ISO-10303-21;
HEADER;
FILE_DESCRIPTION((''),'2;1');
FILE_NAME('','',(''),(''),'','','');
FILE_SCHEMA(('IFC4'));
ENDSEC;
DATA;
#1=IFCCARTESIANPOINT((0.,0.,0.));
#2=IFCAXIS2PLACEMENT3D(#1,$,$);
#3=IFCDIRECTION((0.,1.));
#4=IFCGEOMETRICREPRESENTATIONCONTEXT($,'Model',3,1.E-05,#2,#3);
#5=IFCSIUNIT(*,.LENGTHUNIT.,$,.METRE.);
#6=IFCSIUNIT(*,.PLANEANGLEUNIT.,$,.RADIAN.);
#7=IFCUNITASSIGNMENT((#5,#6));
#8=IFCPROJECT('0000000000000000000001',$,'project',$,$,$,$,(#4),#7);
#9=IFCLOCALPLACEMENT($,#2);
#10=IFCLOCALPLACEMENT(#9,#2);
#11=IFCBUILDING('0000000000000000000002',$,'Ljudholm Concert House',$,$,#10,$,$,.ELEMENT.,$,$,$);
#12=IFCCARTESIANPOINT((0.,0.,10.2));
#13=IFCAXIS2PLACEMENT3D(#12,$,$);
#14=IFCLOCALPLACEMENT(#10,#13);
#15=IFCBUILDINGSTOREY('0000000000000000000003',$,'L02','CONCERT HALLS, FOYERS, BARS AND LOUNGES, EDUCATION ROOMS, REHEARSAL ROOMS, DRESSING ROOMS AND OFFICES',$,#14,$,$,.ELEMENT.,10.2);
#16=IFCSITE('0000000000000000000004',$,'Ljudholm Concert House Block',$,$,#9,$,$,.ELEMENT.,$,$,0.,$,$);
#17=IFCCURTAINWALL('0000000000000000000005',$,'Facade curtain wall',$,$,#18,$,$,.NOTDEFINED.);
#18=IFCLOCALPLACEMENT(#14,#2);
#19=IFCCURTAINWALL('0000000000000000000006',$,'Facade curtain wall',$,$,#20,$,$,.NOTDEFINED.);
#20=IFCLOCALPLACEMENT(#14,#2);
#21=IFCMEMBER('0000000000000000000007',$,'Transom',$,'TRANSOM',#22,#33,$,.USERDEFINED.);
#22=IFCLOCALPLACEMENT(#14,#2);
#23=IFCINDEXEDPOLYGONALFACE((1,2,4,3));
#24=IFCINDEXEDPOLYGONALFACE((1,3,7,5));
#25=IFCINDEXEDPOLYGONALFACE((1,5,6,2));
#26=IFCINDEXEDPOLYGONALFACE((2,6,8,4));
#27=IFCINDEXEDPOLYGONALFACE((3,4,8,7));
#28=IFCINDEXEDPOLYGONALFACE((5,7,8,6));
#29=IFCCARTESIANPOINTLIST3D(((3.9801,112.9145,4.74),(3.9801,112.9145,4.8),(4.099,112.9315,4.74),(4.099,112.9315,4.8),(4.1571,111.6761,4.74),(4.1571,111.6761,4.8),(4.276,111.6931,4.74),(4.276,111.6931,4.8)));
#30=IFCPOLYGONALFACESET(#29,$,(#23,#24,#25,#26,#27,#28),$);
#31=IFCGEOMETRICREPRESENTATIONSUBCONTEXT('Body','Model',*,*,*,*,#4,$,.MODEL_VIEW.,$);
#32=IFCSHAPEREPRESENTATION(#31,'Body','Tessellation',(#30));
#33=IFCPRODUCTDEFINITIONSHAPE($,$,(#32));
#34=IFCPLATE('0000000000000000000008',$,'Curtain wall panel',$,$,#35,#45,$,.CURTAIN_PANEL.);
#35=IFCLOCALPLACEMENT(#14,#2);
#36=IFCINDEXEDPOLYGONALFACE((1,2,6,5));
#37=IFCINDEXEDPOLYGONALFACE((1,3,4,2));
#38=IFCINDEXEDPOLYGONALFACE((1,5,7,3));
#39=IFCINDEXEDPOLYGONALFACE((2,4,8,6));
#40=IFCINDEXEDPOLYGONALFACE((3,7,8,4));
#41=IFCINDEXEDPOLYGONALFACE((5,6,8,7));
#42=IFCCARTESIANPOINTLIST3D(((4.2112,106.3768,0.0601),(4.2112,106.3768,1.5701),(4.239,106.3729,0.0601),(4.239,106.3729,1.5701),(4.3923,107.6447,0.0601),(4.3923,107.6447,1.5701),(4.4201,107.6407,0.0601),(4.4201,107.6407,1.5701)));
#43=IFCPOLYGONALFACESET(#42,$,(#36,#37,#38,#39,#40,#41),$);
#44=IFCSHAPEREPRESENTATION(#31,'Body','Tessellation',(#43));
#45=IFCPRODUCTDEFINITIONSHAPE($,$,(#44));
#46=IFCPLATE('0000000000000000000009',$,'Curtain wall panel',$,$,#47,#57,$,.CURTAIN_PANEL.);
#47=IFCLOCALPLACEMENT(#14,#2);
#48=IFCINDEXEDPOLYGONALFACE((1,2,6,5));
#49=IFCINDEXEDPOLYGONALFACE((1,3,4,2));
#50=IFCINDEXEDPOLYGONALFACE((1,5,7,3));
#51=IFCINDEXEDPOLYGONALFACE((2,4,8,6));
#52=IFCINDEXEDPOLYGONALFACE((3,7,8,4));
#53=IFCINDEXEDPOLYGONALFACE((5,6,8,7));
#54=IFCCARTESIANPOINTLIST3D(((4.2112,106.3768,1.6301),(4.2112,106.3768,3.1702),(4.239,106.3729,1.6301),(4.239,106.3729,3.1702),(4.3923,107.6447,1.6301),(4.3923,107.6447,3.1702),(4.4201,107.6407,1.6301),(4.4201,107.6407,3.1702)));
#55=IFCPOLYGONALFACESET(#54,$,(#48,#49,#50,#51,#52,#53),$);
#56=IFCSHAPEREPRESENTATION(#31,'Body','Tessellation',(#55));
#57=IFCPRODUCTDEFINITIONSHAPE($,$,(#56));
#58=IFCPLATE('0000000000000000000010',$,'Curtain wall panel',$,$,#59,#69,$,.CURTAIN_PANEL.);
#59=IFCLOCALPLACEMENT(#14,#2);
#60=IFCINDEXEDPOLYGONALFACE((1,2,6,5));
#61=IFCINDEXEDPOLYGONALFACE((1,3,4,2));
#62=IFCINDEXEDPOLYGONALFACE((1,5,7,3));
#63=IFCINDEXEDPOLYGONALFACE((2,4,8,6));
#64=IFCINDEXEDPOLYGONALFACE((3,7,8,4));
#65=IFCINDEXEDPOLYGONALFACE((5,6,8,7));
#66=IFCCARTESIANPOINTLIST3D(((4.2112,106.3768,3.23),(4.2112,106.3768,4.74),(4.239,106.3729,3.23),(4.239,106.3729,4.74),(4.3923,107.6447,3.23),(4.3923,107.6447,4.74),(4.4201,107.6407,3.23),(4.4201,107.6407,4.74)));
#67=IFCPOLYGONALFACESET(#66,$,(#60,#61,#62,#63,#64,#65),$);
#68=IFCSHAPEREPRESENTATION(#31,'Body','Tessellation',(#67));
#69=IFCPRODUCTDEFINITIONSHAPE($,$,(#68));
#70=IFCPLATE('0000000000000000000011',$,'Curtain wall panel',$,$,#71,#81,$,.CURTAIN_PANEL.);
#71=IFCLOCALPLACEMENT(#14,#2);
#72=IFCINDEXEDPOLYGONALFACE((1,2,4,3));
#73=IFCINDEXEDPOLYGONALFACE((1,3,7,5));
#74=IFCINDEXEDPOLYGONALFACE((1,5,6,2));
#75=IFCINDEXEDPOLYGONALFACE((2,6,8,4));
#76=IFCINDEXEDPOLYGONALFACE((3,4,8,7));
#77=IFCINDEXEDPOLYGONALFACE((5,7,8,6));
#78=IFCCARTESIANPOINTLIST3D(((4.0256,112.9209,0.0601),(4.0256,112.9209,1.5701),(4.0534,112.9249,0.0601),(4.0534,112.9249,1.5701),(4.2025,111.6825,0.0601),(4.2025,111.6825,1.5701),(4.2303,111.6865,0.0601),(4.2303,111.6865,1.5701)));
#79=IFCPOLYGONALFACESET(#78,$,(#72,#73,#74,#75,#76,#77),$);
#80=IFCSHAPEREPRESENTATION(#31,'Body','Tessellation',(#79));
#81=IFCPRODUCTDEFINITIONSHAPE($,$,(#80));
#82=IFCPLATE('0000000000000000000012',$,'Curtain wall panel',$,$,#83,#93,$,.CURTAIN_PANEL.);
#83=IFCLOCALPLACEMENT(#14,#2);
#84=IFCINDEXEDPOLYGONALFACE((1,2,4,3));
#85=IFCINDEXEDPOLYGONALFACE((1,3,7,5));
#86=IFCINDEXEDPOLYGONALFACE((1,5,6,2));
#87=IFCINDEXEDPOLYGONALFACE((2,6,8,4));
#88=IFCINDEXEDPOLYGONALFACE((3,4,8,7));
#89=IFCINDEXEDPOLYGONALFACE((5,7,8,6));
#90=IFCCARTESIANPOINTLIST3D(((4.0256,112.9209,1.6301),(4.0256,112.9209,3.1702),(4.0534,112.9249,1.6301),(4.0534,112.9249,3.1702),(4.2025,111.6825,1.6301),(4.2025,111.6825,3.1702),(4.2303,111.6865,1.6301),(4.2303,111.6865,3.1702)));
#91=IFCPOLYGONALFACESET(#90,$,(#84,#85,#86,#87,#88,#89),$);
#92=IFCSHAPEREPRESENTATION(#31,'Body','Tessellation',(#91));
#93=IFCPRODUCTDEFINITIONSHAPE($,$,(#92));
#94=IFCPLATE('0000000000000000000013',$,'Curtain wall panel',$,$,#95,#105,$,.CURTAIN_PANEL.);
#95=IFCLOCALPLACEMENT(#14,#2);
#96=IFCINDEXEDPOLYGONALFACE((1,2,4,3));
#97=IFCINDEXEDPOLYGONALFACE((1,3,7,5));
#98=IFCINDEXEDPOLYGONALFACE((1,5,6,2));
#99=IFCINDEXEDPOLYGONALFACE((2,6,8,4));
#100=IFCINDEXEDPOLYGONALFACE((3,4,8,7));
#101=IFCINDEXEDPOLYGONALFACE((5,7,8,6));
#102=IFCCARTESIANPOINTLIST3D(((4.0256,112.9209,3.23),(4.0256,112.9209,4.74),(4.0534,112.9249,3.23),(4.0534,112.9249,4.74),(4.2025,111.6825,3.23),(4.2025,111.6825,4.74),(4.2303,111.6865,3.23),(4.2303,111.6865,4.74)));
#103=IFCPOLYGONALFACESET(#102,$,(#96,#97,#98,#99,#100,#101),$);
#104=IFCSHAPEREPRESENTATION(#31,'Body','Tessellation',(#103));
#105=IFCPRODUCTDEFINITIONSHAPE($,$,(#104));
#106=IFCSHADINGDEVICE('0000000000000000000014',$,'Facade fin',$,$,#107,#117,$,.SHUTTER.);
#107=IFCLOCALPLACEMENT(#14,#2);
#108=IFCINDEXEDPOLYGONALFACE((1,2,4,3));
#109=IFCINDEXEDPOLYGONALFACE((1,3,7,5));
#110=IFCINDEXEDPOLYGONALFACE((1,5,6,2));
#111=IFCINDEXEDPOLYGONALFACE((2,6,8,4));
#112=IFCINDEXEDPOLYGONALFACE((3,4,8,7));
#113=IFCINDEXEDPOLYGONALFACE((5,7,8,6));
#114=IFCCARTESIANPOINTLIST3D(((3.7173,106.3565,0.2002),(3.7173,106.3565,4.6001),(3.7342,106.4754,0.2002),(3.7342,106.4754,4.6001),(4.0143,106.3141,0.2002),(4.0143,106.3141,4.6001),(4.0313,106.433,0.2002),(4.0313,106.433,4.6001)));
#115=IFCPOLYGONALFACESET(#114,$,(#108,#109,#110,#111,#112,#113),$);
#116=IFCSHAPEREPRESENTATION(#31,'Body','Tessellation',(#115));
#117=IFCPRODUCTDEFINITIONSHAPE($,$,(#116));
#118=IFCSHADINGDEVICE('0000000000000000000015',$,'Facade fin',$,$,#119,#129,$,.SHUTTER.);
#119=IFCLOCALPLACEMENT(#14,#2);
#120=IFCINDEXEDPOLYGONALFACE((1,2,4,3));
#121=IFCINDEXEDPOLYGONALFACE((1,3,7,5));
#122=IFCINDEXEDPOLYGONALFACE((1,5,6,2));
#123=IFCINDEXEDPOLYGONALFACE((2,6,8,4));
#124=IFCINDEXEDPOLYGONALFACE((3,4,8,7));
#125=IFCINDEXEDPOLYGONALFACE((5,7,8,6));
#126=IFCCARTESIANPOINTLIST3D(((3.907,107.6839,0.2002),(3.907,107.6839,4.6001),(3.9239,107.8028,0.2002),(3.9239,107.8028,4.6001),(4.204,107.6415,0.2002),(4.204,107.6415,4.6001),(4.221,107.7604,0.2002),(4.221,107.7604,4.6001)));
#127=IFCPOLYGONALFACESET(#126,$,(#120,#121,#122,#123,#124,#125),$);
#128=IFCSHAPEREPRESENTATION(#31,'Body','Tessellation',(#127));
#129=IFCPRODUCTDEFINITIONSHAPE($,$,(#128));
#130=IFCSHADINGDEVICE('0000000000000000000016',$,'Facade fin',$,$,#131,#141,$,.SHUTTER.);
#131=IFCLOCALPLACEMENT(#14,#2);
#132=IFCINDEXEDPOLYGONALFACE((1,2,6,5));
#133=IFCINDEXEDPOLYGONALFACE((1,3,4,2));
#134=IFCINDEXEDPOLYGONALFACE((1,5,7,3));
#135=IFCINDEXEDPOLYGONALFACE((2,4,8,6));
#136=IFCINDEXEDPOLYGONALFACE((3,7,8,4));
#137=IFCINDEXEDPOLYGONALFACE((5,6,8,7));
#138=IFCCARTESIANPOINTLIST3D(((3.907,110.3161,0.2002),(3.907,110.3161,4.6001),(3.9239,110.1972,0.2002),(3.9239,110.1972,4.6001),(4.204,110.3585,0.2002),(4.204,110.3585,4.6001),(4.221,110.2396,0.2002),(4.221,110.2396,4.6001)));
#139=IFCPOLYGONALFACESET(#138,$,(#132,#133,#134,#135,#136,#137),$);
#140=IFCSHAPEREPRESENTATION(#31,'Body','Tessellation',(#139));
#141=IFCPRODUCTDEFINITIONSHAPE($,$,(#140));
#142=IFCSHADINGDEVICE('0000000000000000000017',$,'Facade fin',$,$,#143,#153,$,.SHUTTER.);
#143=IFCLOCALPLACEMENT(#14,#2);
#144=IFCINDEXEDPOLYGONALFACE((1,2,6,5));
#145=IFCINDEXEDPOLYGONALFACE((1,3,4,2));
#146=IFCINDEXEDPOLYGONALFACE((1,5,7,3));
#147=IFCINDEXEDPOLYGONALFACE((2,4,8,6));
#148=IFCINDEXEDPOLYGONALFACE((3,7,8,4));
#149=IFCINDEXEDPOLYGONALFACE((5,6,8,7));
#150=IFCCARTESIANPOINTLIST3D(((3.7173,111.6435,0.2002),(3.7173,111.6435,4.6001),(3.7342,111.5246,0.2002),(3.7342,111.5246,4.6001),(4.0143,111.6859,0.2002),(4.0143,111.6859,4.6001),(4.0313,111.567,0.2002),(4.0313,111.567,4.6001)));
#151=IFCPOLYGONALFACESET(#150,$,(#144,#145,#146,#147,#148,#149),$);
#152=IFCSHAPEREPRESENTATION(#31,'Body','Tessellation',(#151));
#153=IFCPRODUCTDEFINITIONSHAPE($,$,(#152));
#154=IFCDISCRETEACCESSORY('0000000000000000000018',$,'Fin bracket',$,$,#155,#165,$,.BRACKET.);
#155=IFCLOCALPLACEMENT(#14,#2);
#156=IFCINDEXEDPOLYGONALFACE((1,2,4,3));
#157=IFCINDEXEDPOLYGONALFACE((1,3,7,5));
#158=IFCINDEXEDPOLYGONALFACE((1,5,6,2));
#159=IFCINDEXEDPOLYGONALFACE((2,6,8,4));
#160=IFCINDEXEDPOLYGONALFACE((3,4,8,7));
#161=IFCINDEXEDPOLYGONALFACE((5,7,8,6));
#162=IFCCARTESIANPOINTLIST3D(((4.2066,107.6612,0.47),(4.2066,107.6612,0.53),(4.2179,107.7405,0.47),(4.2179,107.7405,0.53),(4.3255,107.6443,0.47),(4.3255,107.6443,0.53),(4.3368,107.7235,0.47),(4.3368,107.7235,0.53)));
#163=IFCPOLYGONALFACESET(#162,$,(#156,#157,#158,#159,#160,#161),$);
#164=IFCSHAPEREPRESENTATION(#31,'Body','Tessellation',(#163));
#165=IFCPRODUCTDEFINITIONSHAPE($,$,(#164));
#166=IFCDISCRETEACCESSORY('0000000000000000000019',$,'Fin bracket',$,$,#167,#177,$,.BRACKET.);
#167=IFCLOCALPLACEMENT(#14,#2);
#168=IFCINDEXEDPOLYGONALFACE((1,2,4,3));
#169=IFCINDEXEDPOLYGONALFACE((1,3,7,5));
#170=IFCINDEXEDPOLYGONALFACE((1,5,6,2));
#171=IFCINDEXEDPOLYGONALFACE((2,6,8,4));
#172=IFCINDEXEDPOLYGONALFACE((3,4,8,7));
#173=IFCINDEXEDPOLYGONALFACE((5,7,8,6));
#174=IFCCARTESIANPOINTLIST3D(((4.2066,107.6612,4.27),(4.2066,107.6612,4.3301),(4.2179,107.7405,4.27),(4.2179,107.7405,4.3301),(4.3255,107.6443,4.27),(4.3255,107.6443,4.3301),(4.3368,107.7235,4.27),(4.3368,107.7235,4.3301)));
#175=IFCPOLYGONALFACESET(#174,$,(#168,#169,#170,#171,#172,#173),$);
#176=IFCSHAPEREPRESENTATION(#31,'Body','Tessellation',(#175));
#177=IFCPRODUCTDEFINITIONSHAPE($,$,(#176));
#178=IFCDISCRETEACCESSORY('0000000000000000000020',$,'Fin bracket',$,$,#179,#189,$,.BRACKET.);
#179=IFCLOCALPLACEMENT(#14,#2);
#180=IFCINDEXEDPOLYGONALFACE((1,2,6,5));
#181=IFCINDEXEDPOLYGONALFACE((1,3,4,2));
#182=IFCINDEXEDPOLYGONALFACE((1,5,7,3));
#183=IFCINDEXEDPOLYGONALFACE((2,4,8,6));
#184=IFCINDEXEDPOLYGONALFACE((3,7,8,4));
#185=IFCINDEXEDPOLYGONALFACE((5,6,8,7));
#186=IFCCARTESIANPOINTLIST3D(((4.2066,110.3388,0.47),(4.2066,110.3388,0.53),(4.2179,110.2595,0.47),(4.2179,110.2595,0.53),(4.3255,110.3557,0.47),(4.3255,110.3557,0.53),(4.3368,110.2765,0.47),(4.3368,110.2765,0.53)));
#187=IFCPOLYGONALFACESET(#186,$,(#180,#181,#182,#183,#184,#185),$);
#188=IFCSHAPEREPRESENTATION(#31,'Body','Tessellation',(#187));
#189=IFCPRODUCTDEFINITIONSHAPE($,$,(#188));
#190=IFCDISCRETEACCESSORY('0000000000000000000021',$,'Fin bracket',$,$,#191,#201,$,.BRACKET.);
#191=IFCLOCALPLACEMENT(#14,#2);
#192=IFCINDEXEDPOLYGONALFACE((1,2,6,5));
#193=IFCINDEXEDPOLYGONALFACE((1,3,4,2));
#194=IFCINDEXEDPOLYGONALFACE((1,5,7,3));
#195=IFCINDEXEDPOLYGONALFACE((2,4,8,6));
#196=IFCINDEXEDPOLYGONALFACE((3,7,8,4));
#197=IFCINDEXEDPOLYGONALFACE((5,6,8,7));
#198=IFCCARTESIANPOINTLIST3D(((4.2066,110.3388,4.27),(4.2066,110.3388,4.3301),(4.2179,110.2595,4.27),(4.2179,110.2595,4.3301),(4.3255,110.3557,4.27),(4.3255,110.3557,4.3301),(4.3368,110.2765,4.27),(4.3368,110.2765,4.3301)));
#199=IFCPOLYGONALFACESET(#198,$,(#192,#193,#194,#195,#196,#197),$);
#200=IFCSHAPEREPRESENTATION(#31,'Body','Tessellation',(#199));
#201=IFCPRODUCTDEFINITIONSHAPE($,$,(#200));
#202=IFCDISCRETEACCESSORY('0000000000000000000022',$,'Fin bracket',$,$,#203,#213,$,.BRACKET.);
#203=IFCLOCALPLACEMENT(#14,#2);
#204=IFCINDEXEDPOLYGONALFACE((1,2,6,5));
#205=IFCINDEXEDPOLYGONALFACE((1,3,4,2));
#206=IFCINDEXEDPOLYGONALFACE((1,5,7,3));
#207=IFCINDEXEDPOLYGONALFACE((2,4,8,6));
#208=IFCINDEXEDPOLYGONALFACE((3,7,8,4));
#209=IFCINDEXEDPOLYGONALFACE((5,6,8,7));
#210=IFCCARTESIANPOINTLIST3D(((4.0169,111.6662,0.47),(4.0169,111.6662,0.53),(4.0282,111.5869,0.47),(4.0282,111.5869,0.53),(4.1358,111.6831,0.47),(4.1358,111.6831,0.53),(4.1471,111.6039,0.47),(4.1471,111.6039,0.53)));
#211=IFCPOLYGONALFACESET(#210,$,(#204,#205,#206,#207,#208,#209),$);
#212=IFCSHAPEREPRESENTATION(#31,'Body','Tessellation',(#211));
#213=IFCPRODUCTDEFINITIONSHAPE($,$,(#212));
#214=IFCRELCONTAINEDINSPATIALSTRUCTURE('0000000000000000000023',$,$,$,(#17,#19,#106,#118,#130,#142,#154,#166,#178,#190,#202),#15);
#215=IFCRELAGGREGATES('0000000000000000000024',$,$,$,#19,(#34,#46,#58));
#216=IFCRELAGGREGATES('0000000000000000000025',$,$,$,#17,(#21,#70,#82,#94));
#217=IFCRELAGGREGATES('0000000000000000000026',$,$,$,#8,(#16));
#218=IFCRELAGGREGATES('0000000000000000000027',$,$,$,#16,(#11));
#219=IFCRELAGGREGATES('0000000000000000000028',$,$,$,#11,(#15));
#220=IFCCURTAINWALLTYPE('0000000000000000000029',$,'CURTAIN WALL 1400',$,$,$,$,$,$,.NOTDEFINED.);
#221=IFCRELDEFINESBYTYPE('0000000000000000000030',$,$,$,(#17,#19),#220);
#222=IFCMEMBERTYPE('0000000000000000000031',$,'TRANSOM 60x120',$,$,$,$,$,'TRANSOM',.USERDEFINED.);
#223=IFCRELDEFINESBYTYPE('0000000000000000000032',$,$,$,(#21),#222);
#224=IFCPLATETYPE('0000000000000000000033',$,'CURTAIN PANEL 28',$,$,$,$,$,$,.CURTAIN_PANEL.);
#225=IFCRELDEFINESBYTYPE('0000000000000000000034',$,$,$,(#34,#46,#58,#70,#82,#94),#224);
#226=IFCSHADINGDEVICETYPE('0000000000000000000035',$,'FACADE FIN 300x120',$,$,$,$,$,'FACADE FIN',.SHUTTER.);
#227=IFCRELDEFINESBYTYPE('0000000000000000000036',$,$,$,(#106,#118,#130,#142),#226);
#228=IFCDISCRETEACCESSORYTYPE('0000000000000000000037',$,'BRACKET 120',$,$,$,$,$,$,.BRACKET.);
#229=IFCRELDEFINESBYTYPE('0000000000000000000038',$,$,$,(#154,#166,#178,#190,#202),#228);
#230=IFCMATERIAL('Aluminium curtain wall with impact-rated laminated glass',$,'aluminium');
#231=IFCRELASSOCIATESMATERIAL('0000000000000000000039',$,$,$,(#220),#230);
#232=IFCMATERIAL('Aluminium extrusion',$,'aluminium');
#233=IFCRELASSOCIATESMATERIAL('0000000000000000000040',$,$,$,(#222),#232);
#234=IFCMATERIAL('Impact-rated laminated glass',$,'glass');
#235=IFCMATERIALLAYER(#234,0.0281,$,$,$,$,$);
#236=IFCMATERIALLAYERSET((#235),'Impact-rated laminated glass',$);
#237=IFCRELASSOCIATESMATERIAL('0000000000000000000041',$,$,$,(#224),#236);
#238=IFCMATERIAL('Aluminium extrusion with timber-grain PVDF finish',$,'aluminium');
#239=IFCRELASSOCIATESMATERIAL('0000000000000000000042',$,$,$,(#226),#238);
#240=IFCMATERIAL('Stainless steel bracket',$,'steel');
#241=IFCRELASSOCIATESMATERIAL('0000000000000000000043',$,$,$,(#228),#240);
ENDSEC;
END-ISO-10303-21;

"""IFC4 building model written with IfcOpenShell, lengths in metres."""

from ifc_helpers import new_model, si_unit, direction, frame, origin, origin_2d, place, context, subcontext, project, spatial, rectangle, extrude, material, layer, layer_set, material_profile, profile_set, type_object, element, aggregate, save


model = new_model("IFC4")

# Units and contexts
model_context = context("Model", 3, precision=1e-05, world=origin(), true_north=direction((0.0, 1.0)))
body_context = subcontext(model_context, "Body", "Model", "MODEL_VIEW")
ifc_project = project(units=[si_unit("LENGTHUNIT", "METRE"), si_unit("PLANEANGLEUNIT", "RADIAN")], contexts=[model_context])

# Site, building, storey
site_placement = place(None, origin())
site = spatial("IfcSite", under=ifc_project, at=site_placement, Name="Ljudholm Concert House Block", CompositionType="ELEMENT", RefElevation=0.0)
building_placement = place(site_placement, origin())
building = spatial("IfcBuilding", under=site, at=building_placement, Name="Ljudholm Concert House", CompositionType="ELEMENT")
storey_placement = place(building_placement, frame((0.0, 0.0, 10.2)))
storey = spatial("IfcBuildingStorey", under=building, at=storey_placement, Name="L02", Description="CONCERT HALLS, FOYERS, BARS AND LOUNGES, EDUCATION ROOMS, REHEARSAL ROOMS, DRESSING ROOMS AND OFFICES", CompositionType="ELEMENT", Elevation=10.2)

# Curtain wall
ifc_material_1 = material(Name="Aluminium curtain wall with impact-rated laminated glass", Category="aluminium")
curtain_wall_type = type_object("IfcCurtainWallType", Name="CURTAIN WALL 1400", PredefinedType="NOTDEFINED", material=ifc_material_1)
curtain_wall_1_placement = place(storey_placement, origin())
curtain_wall_1 = element("IfcCurtainWall", 1, at=curtain_wall_1_placement, inside=storey, type_object=curtain_wall_type, Name="Facade curtain wall", PredefinedType="NOTDEFINED")

# Curtain wall
curtain_wall_2_placement = place(storey_placement, origin())
curtain_wall_2 = element("IfcCurtainWall", 2, at=curtain_wall_2_placement, inside=storey, type_object=curtain_wall_type, Name="Facade curtain wall", PredefinedType="NOTDEFINED")
ifc_material_2 = material(Name="Aluminium extrusion", Category="aluminium")
ifc_material_profile_1 = material_profile(ifc_material_2, rectangle(XDim=0.1201, YDim=0.0601, at=origin_2d()), Name="TRANSOM 60x120")
ifc_profile_set_1 = profile_set([ifc_material_profile_1], Name="Aluminium extrusion")
member_type_1 = type_object("IfcMemberType", Name="TRANSOM 60x120", ElementType="TRANSOM", PredefinedType="USERDEFINED", material=ifc_profile_set_1)

# Member
member_1_placement = place(storey_placement, frame((4.2166, 111.6846, 4.77), z_axis=(-0.141503, 0.989938, 0.0), x_axis=(-0.989938, -0.141503, 0.0)))
member_1 = element("IfcMember", 3, at=member_1_placement, type_object=member_type_1, Name="Transom", ObjectType="TRANSOM", PredefinedType="USERDEFINED", context=body_context, shape_type="SweptSolid", body=[
    extrude(rectangle(XDim=0.1201, YDim=0.0601, at=origin_2d()), origin(), (0.0, 0.0, 1.0), 1.251),
])

# Plates
ifc_material_3 = material(Name="Impact-rated laminated glass", Category="glass")
ifc_layer = layer(ifc_material_3, 0.0281)
ifc_layer_set = layer_set([ifc_layer], Name="Impact-rated laminated glass")
plate_type = type_object("IfcPlateType", Name="CURTAIN PANEL 28", PredefinedType="CURTAIN_PANEL", material=ifc_layer_set)
plate_1_placement = place(storey_placement, frame((4.3157, 107.0088, 0.0601), z_axis=(0.0, 0.0, 1.0), x_axis=(0.141421, 0.989949, 0.0)))
plate_1 = element("IfcPlate", 4, at=plate_1_placement, type_object=plate_type, Name="Curtain wall panel", PredefinedType="CURTAIN_PANEL", context=body_context, shape_type="SweptSolid", body=[
    extrude(rectangle(XDim=1.2808, YDim=0.0281, at=origin_2d()), origin(), (0.0, 0.0, 1.0), 1.51),
])
plate_2_placement = place(storey_placement, frame((4.3157, 107.0088, 1.6301), z_axis=(0.0, 0.0, 1.0), x_axis=(0.141421, 0.989949, 0.0)))
plate_2 = element("IfcPlate", 5, at=plate_2_placement, type_object=plate_type, Name="Curtain wall panel", PredefinedType="CURTAIN_PANEL", context=body_context, shape_type="SweptSolid", body=[
    extrude(rectangle(XDim=1.2808, YDim=0.0281, at=origin_2d()), origin(), (0.0, 0.0, 1.0), 1.54),
])
plate_3_placement = place(storey_placement, frame((4.3157, 107.0088, 3.23), z_axis=(0.0, 0.0, 1.0), x_axis=(0.141421, 0.989949, 0.0)))
plate_3 = element("IfcPlate", 6, at=plate_3_placement, type_object=plate_type, Name="Curtain wall panel", PredefinedType="CURTAIN_PANEL", context=body_context, shape_type="SweptSolid", body=[
    extrude(rectangle(XDim=1.2808, YDim=0.0281, at=origin_2d()), origin(), (0.0, 0.0, 1.0), 1.51),
])
aggregate(curtain_wall_2, [plate_1, plate_2, plate_3])
plate_4_placement = place(storey_placement, frame((4.1279, 112.3037, 0.0601), z_axis=(0.0, 0.0, 1.0), x_axis=(-0.141421, 0.989949, 0.0)))
plate_4 = element("IfcPlate", 7, at=plate_4_placement, type_object=plate_type, Name="Curtain wall panel", PredefinedType="CURTAIN_PANEL", context=body_context, shape_type="SweptSolid", body=[
    extrude(rectangle(XDim=1.251, YDim=0.0281, at=origin_2d()), origin(), (0.0, 0.0, 1.0), 1.51),
])
plate_5_placement = place(storey_placement, frame((4.1279, 112.3037, 1.6301), z_axis=(0.0, 0.0, 1.0), x_axis=(-0.141421, 0.989949, 0.0)))
plate_5 = element("IfcPlate", 8, at=plate_5_placement, type_object=plate_type, Name="Curtain wall panel", PredefinedType="CURTAIN_PANEL", context=body_context, shape_type="SweptSolid", body=[
    extrude(rectangle(XDim=1.251, YDim=0.0281, at=origin_2d()), origin(), (0.0, 0.0, 1.0), 1.54),
])
plate_6_placement = place(storey_placement, frame((4.1279, 112.3037, 3.23), z_axis=(0.0, 0.0, 1.0), x_axis=(-0.141421, 0.989949, 0.0)))
plate_6 = element("IfcPlate", 9, at=plate_6_placement, type_object=plate_type, Name="Curtain wall panel", PredefinedType="CURTAIN_PANEL", context=body_context, shape_type="SweptSolid", body=[
    extrude(rectangle(XDim=1.251, YDim=0.0281, at=origin_2d()), origin(), (0.0, 0.0, 1.0), 1.51),
])
aggregate(curtain_wall_1, [member_1, plate_4, plate_5, plate_6])

# Shading devices
ifc_material_4 = material(Name="Aluminium extrusion with timber-grain PVDF finish", Category="aluminium")
shading_device_type = type_object("IfcShadingDeviceType", Name="FACADE FIN 300x120", ElementType="FACADE FIN", PredefinedType="SHUTTER", material=ifc_material_4)
for number, where, z_axis, x_axis, name in (
    (10, (3.8743, 106.3948, 0.2002), (0.0, 0.0, 1.0), (-0.989949, 0.141421, 0.0), "Facade fin"),
    (11, (4.064, 107.7222, 0.2002), (0.0, 0.0, 1.0), (-0.989949, 0.141421, 0.0), "Facade fin"),
    (12, (4.064, 110.2778, 0.2002), (0.0, 0.0, 1.0), (-0.989949, -0.141421, 0.0), "Facade fin"),
    (13, (3.8743, 111.6052, 0.2002), (0.0, 0.0, 1.0), (-0.989949, -0.141421, 0.0), "Facade fin"),
):
    element("IfcShadingDevice", number, at=place(storey_placement, frame(where, z_axis=z_axis, x_axis=x_axis)), inside=storey, type_object=shading_device_type, Name=name, PredefinedType="SHUTTER", context=body_context, shape_type="SweptSolid", body=[
        extrude(rectangle(XDim=0.3, YDim=0.1201, at=origin_2d()), origin(), (0.0, 0.0, 1.0), 4.3999),
    ])

# Discrete accessories
ifc_material_5 = material(Name="Stainless steel bracket", Category="steel")
discrete_accessory_type = type_object("IfcDiscreteAccessoryType", Name="BRACKET 120", PredefinedType="BRACKET", material=ifc_material_5)
for number, where, z_axis, x_axis, name in (
    (14, (4.2717, 107.6924, 0.47), (0.0, 0.0, 1.0), (-0.989949, 0.141421, 0.0), "Fin bracket"),
    (15, (4.2717, 107.6924, 4.27), (0.0, 0.0, 1.0), (-0.989949, 0.141421, 0.0), "Fin bracket"),
    (16, (4.2717, 110.3076, 0.47), (0.0, 0.0, 1.0), (-0.989949, -0.141421, 0.0), "Fin bracket"),
    (17, (4.2717, 110.3076, 4.27), (0.0, 0.0, 1.0), (-0.989949, -0.141421, 0.0), "Fin bracket"),
    (18, (4.082, 111.635, 0.47), (0.0, 0.0, 1.0), (-0.989949, -0.141421, 0.0), "Fin bracket"),
):
    element("IfcDiscreteAccessory", number, at=place(storey_placement, frame(where, z_axis=z_axis, x_axis=x_axis)), inside=storey, type_object=discrete_accessory_type, Name=name, PredefinedType="BRACKET", context=body_context, shape_type="SweptSolid", body=[
        extrude(rectangle(XDim=0.1201, YDim=0.0801, at=origin_2d()), origin(), (0.0, 0.0, 1.0), 0.0601),
    ])

save(model, "model.ifc")
